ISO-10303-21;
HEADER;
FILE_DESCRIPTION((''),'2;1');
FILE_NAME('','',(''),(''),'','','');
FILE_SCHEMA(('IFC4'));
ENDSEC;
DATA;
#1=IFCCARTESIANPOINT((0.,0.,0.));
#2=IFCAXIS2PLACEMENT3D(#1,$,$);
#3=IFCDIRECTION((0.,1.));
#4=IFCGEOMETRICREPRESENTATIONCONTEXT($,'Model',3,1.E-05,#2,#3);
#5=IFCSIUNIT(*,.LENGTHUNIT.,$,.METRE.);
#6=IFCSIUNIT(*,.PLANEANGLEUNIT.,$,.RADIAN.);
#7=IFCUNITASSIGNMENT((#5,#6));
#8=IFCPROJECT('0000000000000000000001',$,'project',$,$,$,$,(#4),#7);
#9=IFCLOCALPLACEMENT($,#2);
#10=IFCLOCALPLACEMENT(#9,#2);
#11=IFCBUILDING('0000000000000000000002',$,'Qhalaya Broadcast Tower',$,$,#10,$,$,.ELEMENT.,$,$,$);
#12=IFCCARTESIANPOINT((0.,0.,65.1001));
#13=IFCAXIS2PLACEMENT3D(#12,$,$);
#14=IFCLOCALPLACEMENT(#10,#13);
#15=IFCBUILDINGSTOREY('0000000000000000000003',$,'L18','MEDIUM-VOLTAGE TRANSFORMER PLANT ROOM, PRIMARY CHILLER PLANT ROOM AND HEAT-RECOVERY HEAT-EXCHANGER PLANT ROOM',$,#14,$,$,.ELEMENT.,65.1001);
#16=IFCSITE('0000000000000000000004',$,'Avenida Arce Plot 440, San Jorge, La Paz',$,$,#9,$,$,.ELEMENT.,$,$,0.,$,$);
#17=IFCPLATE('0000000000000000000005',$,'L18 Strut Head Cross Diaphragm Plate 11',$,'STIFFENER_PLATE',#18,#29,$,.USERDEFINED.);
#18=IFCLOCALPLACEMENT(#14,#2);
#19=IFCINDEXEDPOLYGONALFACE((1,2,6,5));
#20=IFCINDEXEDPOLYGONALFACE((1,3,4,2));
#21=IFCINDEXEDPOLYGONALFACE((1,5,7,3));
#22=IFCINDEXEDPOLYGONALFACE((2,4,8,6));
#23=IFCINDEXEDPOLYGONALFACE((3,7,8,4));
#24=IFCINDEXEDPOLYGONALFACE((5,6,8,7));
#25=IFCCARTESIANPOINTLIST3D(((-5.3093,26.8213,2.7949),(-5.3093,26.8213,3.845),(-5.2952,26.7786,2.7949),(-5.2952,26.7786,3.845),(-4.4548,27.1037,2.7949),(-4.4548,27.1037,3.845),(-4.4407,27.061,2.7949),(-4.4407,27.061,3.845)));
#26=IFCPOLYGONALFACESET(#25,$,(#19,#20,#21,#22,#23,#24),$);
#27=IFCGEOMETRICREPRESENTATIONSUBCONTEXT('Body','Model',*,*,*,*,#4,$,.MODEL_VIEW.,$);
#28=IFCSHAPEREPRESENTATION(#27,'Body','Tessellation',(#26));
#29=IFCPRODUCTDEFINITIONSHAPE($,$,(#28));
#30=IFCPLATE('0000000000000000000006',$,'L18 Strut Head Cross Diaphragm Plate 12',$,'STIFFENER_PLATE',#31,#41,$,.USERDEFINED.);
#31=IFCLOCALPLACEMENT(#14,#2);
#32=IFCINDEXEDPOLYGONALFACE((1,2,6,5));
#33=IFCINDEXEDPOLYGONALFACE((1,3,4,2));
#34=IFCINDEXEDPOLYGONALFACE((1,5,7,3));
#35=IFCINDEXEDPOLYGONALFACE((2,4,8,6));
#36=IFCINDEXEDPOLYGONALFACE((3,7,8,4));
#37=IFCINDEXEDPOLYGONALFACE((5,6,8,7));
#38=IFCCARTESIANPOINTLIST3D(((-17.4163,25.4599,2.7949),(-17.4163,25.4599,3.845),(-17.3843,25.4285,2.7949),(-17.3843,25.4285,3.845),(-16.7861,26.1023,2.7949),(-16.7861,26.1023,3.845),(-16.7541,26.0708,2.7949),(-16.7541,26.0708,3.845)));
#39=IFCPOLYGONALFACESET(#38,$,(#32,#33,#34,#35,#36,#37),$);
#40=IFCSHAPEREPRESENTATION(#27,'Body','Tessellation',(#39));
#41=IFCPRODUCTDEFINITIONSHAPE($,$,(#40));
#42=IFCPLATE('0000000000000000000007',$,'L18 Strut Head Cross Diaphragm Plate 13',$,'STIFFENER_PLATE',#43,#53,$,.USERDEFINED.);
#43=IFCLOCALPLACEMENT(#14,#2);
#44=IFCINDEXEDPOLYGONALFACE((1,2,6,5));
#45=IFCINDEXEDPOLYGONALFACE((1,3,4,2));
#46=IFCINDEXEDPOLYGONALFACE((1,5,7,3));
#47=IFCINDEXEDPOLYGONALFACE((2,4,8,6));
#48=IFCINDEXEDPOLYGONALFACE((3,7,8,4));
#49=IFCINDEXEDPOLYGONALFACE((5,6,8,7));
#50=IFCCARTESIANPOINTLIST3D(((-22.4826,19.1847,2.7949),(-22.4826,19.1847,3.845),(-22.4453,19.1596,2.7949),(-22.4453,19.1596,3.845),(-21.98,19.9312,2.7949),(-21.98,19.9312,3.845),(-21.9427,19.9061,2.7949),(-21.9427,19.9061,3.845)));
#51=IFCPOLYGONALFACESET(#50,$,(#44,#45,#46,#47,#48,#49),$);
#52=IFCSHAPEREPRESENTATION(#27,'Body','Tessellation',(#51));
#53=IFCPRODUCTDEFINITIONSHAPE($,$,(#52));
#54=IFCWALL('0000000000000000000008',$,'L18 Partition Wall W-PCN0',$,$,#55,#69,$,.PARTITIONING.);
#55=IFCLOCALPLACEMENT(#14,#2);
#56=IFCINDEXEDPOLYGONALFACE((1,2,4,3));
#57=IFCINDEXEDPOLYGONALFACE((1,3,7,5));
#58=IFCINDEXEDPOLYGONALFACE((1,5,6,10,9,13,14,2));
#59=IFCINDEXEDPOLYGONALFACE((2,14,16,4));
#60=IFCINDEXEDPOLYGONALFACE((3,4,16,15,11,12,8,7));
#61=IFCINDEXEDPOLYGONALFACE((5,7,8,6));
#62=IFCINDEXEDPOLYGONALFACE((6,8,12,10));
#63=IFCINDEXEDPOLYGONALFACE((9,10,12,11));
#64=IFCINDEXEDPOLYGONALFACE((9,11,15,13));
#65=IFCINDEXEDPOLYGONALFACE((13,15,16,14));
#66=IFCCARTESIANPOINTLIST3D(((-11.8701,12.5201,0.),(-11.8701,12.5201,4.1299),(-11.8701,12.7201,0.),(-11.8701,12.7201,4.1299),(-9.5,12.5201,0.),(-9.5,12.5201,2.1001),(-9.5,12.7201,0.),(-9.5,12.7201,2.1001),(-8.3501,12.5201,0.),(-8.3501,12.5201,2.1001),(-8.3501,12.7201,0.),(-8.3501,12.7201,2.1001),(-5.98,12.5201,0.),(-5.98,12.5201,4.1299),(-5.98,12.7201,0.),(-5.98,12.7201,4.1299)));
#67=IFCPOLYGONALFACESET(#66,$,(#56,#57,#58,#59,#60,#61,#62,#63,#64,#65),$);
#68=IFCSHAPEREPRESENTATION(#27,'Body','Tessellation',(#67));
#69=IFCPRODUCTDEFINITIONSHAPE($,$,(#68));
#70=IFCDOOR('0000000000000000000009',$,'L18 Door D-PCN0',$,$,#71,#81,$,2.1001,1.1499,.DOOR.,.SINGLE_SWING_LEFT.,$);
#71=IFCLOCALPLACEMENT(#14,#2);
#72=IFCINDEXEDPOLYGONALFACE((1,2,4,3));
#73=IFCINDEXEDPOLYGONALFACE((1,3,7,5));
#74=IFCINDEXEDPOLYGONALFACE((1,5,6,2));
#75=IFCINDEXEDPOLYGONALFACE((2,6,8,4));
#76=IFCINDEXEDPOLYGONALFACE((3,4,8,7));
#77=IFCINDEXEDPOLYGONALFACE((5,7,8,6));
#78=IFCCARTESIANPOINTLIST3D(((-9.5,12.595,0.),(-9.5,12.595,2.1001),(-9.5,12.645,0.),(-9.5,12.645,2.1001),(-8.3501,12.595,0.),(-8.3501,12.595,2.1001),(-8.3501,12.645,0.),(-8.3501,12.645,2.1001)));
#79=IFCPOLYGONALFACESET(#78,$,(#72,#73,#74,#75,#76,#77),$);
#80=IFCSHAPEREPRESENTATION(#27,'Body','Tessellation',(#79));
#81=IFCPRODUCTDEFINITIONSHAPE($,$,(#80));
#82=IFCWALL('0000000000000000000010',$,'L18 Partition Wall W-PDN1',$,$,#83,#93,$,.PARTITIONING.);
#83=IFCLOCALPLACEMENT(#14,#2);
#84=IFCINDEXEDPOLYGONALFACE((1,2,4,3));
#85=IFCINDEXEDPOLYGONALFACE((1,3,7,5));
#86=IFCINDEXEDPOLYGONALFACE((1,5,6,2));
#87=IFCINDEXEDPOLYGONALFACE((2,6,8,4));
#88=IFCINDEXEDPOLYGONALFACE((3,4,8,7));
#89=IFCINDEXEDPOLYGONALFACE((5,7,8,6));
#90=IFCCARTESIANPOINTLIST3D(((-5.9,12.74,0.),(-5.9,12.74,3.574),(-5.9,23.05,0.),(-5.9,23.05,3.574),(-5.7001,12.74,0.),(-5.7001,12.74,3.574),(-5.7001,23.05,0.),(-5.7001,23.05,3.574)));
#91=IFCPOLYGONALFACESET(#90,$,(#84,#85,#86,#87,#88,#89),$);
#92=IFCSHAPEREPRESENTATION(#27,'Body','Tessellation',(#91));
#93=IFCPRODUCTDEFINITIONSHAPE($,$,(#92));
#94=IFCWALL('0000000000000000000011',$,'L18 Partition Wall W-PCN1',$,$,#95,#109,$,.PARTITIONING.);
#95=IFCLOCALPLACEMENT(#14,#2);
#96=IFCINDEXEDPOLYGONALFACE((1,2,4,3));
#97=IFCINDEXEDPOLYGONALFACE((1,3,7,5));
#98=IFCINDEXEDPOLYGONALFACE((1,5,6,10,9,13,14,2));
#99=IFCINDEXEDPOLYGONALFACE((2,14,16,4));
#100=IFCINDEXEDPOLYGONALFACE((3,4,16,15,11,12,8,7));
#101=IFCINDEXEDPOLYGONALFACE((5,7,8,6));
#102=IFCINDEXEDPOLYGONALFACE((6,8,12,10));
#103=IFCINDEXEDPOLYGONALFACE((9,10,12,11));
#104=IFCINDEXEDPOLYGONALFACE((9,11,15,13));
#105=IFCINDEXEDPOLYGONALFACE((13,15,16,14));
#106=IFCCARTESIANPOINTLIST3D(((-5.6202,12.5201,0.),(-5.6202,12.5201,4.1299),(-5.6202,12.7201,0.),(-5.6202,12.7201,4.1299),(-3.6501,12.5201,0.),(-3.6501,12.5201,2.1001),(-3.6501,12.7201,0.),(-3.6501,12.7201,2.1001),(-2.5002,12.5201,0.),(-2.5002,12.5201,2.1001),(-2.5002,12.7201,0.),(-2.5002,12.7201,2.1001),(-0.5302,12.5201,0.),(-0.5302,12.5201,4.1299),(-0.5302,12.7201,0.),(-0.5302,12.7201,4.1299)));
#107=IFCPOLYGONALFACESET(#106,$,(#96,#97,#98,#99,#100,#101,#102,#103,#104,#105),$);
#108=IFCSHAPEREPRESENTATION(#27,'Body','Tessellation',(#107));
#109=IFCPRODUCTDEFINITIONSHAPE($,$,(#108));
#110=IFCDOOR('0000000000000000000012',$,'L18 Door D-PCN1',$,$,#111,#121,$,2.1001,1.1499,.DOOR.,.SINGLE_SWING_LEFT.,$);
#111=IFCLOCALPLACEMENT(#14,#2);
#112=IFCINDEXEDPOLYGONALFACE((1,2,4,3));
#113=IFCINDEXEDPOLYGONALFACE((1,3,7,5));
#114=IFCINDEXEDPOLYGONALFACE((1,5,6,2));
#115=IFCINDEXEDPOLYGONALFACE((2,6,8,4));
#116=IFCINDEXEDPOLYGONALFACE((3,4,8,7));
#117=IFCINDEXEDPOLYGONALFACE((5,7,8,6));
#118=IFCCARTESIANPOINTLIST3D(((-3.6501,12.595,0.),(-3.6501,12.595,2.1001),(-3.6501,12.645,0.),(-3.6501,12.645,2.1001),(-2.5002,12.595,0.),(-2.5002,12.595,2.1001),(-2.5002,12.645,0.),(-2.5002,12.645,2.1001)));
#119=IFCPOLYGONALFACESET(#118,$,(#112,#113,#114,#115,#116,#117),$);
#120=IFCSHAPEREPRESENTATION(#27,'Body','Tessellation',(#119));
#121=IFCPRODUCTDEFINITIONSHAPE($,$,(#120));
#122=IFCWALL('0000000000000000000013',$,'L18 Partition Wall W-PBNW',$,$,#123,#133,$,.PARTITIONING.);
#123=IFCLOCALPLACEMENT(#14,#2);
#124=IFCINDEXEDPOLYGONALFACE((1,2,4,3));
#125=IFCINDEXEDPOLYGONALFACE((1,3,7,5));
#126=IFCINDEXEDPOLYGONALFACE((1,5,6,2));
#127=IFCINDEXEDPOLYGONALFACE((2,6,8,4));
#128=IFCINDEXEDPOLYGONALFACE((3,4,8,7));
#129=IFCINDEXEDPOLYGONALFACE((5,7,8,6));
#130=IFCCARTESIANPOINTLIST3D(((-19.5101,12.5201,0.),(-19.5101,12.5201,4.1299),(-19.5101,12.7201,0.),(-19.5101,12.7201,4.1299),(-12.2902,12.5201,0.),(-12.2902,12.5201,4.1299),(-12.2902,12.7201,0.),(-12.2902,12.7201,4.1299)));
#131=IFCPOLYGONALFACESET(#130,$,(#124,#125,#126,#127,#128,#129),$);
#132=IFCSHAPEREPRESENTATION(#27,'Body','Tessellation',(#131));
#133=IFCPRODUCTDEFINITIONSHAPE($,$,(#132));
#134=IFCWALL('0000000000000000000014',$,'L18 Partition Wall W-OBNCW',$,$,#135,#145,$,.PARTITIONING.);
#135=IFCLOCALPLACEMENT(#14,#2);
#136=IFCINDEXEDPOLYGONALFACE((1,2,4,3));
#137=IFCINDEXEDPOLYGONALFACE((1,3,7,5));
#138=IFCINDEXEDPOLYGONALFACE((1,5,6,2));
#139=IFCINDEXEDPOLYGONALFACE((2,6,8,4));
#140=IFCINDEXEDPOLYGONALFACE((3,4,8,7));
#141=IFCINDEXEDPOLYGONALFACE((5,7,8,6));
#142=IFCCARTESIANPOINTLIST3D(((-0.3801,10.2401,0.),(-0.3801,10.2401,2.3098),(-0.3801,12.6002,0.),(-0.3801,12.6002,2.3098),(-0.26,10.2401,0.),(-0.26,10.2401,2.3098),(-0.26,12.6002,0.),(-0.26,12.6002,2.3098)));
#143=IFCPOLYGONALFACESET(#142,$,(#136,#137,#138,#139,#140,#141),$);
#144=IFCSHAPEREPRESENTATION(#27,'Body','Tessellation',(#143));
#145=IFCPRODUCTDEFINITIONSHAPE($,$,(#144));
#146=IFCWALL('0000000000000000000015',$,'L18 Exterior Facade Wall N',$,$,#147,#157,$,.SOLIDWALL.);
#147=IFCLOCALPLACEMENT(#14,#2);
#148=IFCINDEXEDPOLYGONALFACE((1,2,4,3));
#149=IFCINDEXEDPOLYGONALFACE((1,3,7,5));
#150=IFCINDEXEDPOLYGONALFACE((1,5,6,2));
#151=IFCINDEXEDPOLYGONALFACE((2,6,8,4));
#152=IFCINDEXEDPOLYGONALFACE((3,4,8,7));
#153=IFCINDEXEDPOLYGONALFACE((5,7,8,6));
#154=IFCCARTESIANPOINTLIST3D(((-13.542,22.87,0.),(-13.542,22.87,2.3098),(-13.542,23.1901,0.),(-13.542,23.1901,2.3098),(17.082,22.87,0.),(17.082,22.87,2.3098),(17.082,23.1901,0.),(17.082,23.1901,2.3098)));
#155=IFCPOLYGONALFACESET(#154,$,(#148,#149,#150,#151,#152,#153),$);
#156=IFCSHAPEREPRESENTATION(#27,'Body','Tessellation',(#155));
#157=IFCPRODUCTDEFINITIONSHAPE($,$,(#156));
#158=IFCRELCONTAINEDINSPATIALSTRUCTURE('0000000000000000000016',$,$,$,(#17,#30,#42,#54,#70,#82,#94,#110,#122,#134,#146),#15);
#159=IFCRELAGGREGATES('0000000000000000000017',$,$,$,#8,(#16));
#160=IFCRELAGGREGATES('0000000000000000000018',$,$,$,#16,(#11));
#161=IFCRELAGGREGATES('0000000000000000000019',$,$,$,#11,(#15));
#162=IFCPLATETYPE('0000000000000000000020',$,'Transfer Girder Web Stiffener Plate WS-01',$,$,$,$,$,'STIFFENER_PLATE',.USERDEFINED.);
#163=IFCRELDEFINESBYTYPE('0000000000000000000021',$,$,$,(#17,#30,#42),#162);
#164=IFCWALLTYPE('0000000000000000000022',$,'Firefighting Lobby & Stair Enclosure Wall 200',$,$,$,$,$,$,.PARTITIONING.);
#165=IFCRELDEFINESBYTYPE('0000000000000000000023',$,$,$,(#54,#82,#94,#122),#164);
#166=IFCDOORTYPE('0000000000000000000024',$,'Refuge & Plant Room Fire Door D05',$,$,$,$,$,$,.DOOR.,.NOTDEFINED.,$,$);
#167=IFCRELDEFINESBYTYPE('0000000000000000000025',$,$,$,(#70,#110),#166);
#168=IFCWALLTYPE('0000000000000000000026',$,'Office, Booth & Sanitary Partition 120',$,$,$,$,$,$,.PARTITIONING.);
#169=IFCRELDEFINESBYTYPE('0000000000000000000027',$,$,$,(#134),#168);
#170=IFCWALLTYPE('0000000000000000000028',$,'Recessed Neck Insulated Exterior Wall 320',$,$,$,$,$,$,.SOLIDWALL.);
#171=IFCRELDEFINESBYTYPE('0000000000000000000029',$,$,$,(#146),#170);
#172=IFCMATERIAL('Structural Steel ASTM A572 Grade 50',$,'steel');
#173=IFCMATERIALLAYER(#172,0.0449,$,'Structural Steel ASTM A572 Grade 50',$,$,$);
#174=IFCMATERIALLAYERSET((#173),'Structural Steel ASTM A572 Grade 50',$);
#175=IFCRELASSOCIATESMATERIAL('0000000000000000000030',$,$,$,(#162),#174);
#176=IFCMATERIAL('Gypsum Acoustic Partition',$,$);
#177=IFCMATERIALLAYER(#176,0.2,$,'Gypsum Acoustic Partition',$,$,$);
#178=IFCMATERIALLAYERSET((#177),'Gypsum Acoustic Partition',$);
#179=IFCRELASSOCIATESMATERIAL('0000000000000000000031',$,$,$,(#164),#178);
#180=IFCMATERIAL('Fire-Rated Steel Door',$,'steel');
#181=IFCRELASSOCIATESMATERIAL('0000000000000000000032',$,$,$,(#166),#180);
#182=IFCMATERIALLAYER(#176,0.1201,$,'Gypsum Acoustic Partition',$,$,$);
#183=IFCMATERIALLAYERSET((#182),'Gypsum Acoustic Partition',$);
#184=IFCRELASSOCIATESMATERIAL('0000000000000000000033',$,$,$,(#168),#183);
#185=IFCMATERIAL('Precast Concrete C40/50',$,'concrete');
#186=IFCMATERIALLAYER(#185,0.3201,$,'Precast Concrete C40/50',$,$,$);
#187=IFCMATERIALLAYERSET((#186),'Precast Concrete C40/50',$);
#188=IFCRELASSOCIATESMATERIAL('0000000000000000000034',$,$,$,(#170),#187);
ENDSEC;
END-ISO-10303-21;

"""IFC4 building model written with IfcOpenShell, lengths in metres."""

from ifc_helpers import new_model, si_unit, direction, frame, frame_2d, origin, origin_2d, place, context, subcontext, project, spatial, rectangle, extrude, material, layer, layer_set, type_object, element, fill, save


model = new_model("IFC4")

# Units and contexts
model_context = context("Model", 3, precision=1e-05, world=origin(), true_north=direction((0.0, 1.0)))
body_context = subcontext(model_context, "Body", "Model", "MODEL_VIEW")
ifc_project = project(units=[si_unit("LENGTHUNIT", "METRE"), si_unit("PLANEANGLEUNIT", "RADIAN")], contexts=[model_context])

# Site, building, storey
site_placement = place(None, origin())
site = spatial("IfcSite", under=ifc_project, at=site_placement, Name="Avenida Arce Plot 440, San Jorge, La Paz", CompositionType="ELEMENT", RefElevation=0.0)
building_placement = place(site_placement, origin())
building = spatial("IfcBuilding", under=site, at=building_placement, Name="Qhalaya Broadcast Tower", CompositionType="ELEMENT")
storey_placement = place(building_placement, frame((0.0, 0.0, 65.1001)))
storey = spatial("IfcBuildingStorey", under=building, at=storey_placement, Name="L18", Description="MEDIUM-VOLTAGE TRANSFORMER PLANT ROOM, PRIMARY CHILLER PLANT ROOM AND HEAT-RECOVERY HEAT-EXCHANGER PLANT ROOM", CompositionType="ELEMENT", Elevation=65.1001)

# Shared definitions
ifc_material_1 = material(Name="Structural Steel ASTM A572 Grade 50", Category="steel")

# Plates
ifc_layer_1 = layer(ifc_material_1, 0.0449, Name="Structural Steel ASTM A572 Grade 50")
ifc_layer_set_1 = layer_set([ifc_layer_1], Name="Structural Steel ASTM A572 Grade 50")
plate_type_1 = type_object("IfcPlateType", Name="Transfer Girder Web Stiffener Plate WS-01", ElementType="STIFFENER_PLATE", PredefinedType="USERDEFINED", material=ifc_layer_set_1)
for number, where, z_axis, x_axis, name in (
    (1, (-4.875, 26.9412, 2.7949), (0.0, 0.0, 1.0), (-0.94948, -0.313827, 0.0), "L18 Strut Head Cross Diaphragm Plate 11"),
    (2, (-17.0852, 25.7654, 2.7949), (0.0, 0.0, 1.0), (-0.700324, -0.713825, 0.0), "L18 Strut Head Cross Diaphragm Plate 12"),
    (3, (-22.2126, 19.5454, 2.7949), (0.0, 0.0, 1.0), (-0.558484, -0.829515, 0.0), "L18 Strut Head Cross Diaphragm Plate 13"),
):
    element("IfcPlate", number, at=place(storey_placement, frame(where, z_axis=z_axis, x_axis=x_axis)), inside=storey, type_object=plate_type_1, Name=name, ObjectType="STIFFENER_PLATE", PredefinedType="USERDEFINED", context=body_context, shape_type="SweptSolid", body=[
        extrude(rectangle(XDim=0.8999, YDim=0.0449, at=origin_2d()), origin(), (0.0, 0.0, 1.0), 1.05),
    ])

# Wall, opening, door
ifc_material_2 = material(Name="Gypsum Acoustic Partition")
ifc_layer_2 = layer(ifc_material_2, 0.2, Name="Gypsum Acoustic Partition")
ifc_layer_set_2 = layer_set([ifc_layer_2], Name="Gypsum Acoustic Partition")
wall_type_1 = type_object("IfcWallType", Name="Firefighting Lobby & Stair Enclosure Wall 200", PredefinedType="PARTITIONING", material=ifc_layer_set_2)
wall_1_placement = place(storey_placement, frame((-11.8701, 12.6201, 0.0), z_axis=(0.0, 0.0, 1.0), x_axis=(1.0, 0.0, 0.0)))
wall_1 = element("IfcWall", 4, at=wall_1_placement, inside=storey, type_object=wall_type_1, Name="L18 Partition Wall W-PCN0", PredefinedType="PARTITIONING", context=body_context, shape_type="SweptSolid", body=[
    extrude(rectangle(XDim=5.8901, YDim=0.2, at=frame_2d((2.9451, 0.0))), origin(), (0.0, 0.0, 1.0), 4.1299),
])
opening_1_placement = place(wall_1_placement, frame((2.3701, 0.0, 0.0)))
opening_1 = element("IfcOpeningElement", 5, at=opening_1_placement, cuts=wall_1, PredefinedType="OPENING", context=body_context, shape_type="SweptSolid", body=[
    extrude(rectangle(XDim=1.1499, YDim=2.1001, at=frame_2d((0.575, 1.05))), frame((0.0, 0.1121, 0.0), z_axis=(0.0, -1.0, 0.0), x_axis=(1.0, 0.0, 0.0)), (0.0, 0.0, 1.0), 0.2239),
])
ifc_material_3 = material(Name="Fire-Rated Steel Door", Category="steel")
door_type = type_object("IfcDoorType", Name="Refuge & Plant Room Fire Door D05", OperationType="NOTDEFINED", PredefinedType="DOOR", material=ifc_material_3)
door_1_placement = place(opening_1_placement, origin())
door_1 = element("IfcDoor", 6, at=door_1_placement, inside=storey, type_object=door_type, Name="L18 Door D-PCN0", OperationType="SINGLE_SWING_LEFT", OverallHeight=2.1001, OverallWidth=1.1499, PredefinedType="DOOR", context=body_context, shape_type="SweptSolid", body=[
    extrude(rectangle(XDim=1.1499, YDim=2.1001, at=frame_2d((0.575, 1.05))), frame((0.0, 0.0249, 0.0), z_axis=(0.0, -1.0, 0.0), x_axis=(1.0, 0.0, 0.0)), (0.0, 0.0, 1.0), 0.05),
])
fill(opening_1, door_1)

# Wall
wall_2_placement = place(storey_placement, frame((-5.8, 12.74, 0.0), z_axis=(0.0, 0.0, 1.0), x_axis=(0.0, 1.0, 0.0)))
element("IfcWall", 7, at=wall_2_placement, inside=storey, type_object=wall_type_1, Name="L18 Partition Wall W-PDN1", PredefinedType="PARTITIONING", context=body_context, shape_type="SweptSolid", body=[
    extrude(rectangle(XDim=10.3101, YDim=0.2, at=frame_2d((5.155, 0.0))), origin(), (0.0, 0.0, 1.0), 3.574),
])

# Wall, opening, door
wall_3_placement = place(storey_placement, frame((-5.6201, 12.6201, 0.0), z_axis=(0.0, 0.0, 1.0), x_axis=(1.0, 0.0, 0.0)))
wall_3 = element("IfcWall", 8, at=wall_3_placement, inside=storey, type_object=wall_type_1, Name="L18 Partition Wall W-PCN1", PredefinedType="PARTITIONING", context=body_context, shape_type="SweptSolid", body=[
    extrude(rectangle(XDim=5.0901, YDim=0.2, at=frame_2d((2.5449, 0.0))), origin(), (0.0, 0.0, 1.0), 4.1299),
])
opening_2_placement = place(wall_3_placement, frame((1.97, 0.0, 0.0)))
opening_2 = element("IfcOpeningElement", 9, at=opening_2_placement, cuts=wall_3, PredefinedType="OPENING", context=body_context, shape_type="SweptSolid", body=[
    extrude(rectangle(XDim=1.1499, YDim=2.1001, at=frame_2d((0.575, 1.05))), frame((0.0, 0.1121, 0.0), z_axis=(0.0, -1.0, 0.0), x_axis=(1.0, 0.0, 0.0)), (0.0, 0.0, 1.0), 0.2239),
])
door_2_placement = place(opening_2_placement, origin())
door_2 = element("IfcDoor", 10, at=door_2_placement, inside=storey, type_object=door_type, Name="L18 Door D-PCN1", OperationType="SINGLE_SWING_LEFT", OverallHeight=2.1001, OverallWidth=1.1499, PredefinedType="DOOR", context=body_context, shape_type="SweptSolid", body=[
    extrude(rectangle(XDim=1.1499, YDim=2.1001, at=frame_2d((0.575, 1.05))), frame((0.0, 0.0249, 0.0), z_axis=(0.0, -1.0, 0.0), x_axis=(1.0, 0.0, 0.0)), (0.0, 0.0, 1.0), 0.05),
])
fill(opening_2, door_2)

# Walls
wall_4_placement = place(storey_placement, frame((-19.51, 12.6201, 0.0), z_axis=(0.0, 0.0, 1.0), x_axis=(1.0, 0.0, 0.0)))
element("IfcWall", 11, at=wall_4_placement, inside=storey, type_object=wall_type_1, Name="L18 Partition Wall W-PBNW", PredefinedType="PARTITIONING", context=body_context, shape_type="SweptSolid", body=[
    extrude(rectangle(XDim=7.22, YDim=0.2, at=frame_2d((3.6099, 0.0))), origin(), (0.0, 0.0, 1.0), 4.1299),
])
ifc_layer_3 = layer(ifc_material_2, 0.1201, Name="Gypsum Acoustic Partition")
ifc_layer_set_3 = layer_set([ifc_layer_3], Name="Gypsum Acoustic Partition")
wall_type_2 = type_object("IfcWallType", Name="Office, Booth & Sanitary Partition 120", PredefinedType="PARTITIONING", material=ifc_layer_set_3)
wall_5_placement = place(storey_placement, frame((-0.3201, 10.24, 0.0), z_axis=(0.0, 0.0, 1.0), x_axis=(0.0, 1.0, 0.0)))
element("IfcWall", 12, at=wall_5_placement, inside=storey, type_object=wall_type_2, Name="L18 Partition Wall W-OBNCW", PredefinedType="PARTITIONING", context=body_context, shape_type="SweptSolid", body=[
    extrude(rectangle(XDim=2.3601, YDim=0.1201, at=frame_2d((1.1802, 0.0))), origin(), (0.0, 0.0, 1.0), 2.3098),
])
ifc_material_4 = material(Name="Precast Concrete C40/50", Category="concrete")
ifc_layer_4 = layer(ifc_material_4, 0.3201, Name="Precast Concrete C40/50")
ifc_layer_set_4 = layer_set([ifc_layer_4], Name="Precast Concrete C40/50")
wall_type_3 = type_object("IfcWallType", Name="Recessed Neck Insulated Exterior Wall 320", PredefinedType="SOLIDWALL", material=ifc_layer_set_4)
wall_6_placement = place(storey_placement, frame((-13.542, 23.03, 0.0), z_axis=(0.0, 0.0, 1.0), x_axis=(1.0, 0.0, 0.0)))
element("IfcWall", 13, at=wall_6_placement, inside=storey, type_object=wall_type_3, Name="L18 Exterior Facade Wall N", PredefinedType="SOLIDWALL", context=body_context, shape_type="SweptSolid", body=[
    extrude(rectangle(XDim=30.624, YDim=0.3201, at=frame_2d((15.312, 0.0))), origin(), (0.0, 0.0, 1.0), 2.3098),
])

save(model, "model.ifc")
